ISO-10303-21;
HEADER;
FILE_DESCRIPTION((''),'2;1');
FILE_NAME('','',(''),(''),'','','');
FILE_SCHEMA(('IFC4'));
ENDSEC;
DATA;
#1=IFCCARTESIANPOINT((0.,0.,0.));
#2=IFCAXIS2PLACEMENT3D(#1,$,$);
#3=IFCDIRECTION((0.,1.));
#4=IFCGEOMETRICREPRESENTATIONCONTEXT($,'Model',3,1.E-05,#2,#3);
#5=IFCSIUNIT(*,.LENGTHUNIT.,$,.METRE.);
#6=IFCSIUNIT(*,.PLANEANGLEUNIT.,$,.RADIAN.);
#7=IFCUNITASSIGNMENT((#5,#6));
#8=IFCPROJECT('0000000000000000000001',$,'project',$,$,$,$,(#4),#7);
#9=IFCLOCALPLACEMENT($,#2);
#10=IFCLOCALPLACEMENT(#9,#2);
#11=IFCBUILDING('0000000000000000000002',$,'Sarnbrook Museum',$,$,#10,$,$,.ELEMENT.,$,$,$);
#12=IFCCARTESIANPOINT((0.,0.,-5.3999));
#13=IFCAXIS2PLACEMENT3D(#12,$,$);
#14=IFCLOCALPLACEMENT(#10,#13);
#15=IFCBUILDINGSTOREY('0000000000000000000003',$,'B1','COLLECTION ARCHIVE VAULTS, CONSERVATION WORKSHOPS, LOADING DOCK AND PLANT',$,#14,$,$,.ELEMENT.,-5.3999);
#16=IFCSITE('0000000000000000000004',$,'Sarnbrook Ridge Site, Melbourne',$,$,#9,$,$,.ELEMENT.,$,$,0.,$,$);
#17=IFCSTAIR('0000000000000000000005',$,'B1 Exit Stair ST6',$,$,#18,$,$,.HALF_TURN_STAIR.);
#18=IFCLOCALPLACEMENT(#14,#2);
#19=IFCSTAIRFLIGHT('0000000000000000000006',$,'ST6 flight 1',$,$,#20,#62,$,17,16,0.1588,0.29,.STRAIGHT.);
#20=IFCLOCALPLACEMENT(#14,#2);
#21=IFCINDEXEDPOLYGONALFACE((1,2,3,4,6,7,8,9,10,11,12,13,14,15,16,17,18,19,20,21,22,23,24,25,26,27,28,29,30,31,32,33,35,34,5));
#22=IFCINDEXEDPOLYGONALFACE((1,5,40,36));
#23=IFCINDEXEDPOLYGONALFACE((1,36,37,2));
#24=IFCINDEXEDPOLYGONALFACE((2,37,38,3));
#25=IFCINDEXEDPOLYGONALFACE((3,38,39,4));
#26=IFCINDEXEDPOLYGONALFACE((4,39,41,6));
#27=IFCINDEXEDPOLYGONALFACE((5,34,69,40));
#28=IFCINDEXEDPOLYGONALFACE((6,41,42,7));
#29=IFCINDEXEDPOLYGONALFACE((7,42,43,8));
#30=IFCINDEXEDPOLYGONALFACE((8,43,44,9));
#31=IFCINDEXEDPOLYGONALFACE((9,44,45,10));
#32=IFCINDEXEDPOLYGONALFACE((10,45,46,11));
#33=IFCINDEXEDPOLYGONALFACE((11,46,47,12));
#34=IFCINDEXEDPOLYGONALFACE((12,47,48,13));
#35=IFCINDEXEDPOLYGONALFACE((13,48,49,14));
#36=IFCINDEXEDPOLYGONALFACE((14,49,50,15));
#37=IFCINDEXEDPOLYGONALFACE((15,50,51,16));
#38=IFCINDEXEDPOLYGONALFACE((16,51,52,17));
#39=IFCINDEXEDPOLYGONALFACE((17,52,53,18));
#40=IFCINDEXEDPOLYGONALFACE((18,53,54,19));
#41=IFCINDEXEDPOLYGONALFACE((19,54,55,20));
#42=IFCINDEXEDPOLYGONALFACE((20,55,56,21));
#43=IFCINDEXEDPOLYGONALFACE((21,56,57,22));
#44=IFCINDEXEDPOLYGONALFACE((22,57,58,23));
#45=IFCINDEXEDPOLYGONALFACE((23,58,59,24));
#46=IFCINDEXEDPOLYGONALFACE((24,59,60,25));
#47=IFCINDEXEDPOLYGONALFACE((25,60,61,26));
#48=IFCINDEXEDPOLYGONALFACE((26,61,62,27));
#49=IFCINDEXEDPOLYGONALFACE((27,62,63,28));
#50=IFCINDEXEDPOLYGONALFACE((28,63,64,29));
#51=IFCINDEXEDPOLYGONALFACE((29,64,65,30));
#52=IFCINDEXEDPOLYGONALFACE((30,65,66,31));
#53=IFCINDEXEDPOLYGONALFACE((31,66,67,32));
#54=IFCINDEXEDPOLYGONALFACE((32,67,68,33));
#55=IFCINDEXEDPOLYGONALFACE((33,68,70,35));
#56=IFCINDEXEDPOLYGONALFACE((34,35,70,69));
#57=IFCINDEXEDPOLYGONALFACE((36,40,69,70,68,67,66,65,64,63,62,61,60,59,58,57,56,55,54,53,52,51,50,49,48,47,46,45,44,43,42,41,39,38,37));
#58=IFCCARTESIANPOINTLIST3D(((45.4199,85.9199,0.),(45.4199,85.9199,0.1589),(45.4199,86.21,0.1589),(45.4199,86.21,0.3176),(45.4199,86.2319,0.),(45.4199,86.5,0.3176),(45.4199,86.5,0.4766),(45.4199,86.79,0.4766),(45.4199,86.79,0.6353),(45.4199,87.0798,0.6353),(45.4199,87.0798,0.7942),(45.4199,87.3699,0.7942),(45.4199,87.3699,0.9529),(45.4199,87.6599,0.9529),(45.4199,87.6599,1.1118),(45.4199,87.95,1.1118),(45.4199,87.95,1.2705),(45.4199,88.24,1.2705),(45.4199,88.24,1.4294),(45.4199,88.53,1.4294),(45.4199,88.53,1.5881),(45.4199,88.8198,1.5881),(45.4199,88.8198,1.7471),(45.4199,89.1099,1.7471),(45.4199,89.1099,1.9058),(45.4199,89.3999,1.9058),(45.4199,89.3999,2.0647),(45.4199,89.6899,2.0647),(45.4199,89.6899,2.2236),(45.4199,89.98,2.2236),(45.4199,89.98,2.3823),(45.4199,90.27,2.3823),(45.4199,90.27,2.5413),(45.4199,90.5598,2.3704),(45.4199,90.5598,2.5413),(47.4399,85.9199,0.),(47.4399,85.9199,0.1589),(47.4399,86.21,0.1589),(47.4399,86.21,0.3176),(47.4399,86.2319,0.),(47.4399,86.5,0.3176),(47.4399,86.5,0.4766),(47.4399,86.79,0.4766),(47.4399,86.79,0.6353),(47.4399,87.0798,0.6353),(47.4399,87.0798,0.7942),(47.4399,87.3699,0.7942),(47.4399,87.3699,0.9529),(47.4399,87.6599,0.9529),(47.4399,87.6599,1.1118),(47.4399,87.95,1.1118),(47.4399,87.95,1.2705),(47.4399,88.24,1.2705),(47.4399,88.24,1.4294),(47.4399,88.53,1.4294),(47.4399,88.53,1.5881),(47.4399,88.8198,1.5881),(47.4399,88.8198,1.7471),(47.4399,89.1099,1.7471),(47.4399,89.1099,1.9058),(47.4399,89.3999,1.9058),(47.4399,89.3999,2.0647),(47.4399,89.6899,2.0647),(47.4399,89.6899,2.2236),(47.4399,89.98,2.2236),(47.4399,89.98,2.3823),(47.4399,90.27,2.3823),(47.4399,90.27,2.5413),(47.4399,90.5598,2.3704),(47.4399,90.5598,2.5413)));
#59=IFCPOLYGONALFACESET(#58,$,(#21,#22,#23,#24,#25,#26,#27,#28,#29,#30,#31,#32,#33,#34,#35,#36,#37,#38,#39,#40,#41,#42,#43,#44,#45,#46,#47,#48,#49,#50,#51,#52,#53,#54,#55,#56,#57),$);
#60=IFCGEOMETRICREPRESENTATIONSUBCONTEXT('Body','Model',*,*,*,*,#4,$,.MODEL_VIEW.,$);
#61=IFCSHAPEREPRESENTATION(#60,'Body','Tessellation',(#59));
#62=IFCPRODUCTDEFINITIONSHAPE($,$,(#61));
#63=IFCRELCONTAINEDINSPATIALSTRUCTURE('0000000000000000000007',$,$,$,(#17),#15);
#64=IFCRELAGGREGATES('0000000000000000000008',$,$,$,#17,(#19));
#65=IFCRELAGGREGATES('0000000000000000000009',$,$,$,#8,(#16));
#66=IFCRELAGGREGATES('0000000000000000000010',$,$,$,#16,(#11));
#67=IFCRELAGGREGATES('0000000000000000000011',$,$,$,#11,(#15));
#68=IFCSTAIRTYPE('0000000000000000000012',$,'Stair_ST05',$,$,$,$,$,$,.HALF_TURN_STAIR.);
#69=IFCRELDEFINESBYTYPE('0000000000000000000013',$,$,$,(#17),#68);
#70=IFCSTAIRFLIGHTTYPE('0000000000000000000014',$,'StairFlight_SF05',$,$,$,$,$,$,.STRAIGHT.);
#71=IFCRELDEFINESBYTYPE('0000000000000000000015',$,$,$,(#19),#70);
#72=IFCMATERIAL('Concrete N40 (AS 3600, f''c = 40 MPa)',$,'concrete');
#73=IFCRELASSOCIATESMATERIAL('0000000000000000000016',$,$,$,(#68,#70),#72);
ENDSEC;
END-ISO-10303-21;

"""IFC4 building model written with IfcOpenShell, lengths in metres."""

from ifc_helpers import new_model, si_unit, direction, frame, origin, place, context, subcontext, project, spatial, polyline, outline, extrude, material, type_object, element, aggregate, save


model = new_model("IFC4")

# Units and contexts
model_context = context("Model", 3, precision=1e-05, world=origin(), true_north=direction((0.0, 1.0)))
body_context = subcontext(model_context, "Body", "Model", "MODEL_VIEW")
ifc_project = project(units=[si_unit("LENGTHUNIT", "METRE"), si_unit("PLANEANGLEUNIT", "RADIAN")], contexts=[model_context])

# Site, building, storey
site_placement = place(None, origin())
site = spatial("IfcSite", under=ifc_project, at=site_placement, Name="Sarnbrook Ridge Site, Melbourne", CompositionType="ELEMENT", RefElevation=0.0)
building_placement = place(site_placement, origin())
building = spatial("IfcBuilding", under=site, at=building_placement, Name="Sarnbrook Museum", CompositionType="ELEMENT")
storey_placement = place(building_placement, frame((0.0, 0.0, -5.3999)))
storey = spatial("IfcBuildingStorey", under=building, at=storey_placement, Name="B1", Description="COLLECTION ARCHIVE VAULTS, CONSERVATION WORKSHOPS, LOADING DOCK AND PLANT", CompositionType="ELEMENT", Elevation=-5.3999)

# Shared definitions
ifc_material_1 = material(Name="Concrete N40 (AS 3600, f'c = 40 MPa)", Category="concrete")

# Stair, stair flight
stair_type = type_object("IfcStairType", Name="Stair_ST05", PredefinedType="HALF_TURN_STAIR", material=ifc_material_1)
stair_placement = place(storey_placement, origin())
stair = element("IfcStair", 1, at=stair_placement, inside=storey, type_object=stair_type, Name="B1 Exit Stair ST6", PredefinedType="HALF_TURN_STAIR")
stair_flight_type = type_object("IfcStairFlightType", Name="StairFlight_SF05", PredefinedType="STRAIGHT", material=ifc_material_1)
stair_flight_placement = place(storey_placement, frame((46.4299, 85.9199, 0.0), z_axis=(0.0, 0.0, 1.0), x_axis=(0.0, 1.0, 0.0)))
stair_flight = element("IfcStairFlight", 2, at=stair_flight_placement, type_object=stair_flight_type, Name="ST6 flight 1", NumberOfRisers=17, NumberOfTreads=16, PredefinedType="STRAIGHT", RiserHeight=0.1588, TreadLength=0.29, context=body_context, shape_type="SweptSolid", body=[
    extrude(outline(polyline([(0.0, 0.0), (0.0, 0.1589), (0.29, 0.1589), (0.29, 0.3176), (0.5801, 0.3176), (0.5801, 0.4766), (0.8701, 0.4766), (0.8701, 0.6353), (1.1599, 0.6353), (1.1599, 0.7942), (1.45, 0.7942), (1.45, 0.9529), (1.74, 0.9529), (1.74, 1.1118), (2.03, 1.1118), (2.03, 1.2705), (2.3201, 1.2705), (2.3201, 1.4294), (2.6101, 1.4294), (2.6101, 1.5881), (2.8999, 1.5881), (2.8999, 1.7471), (3.1899, 1.7471), (3.1899, 1.9058), (3.48, 1.9058), (3.48, 2.0647), (3.77, 2.0647), (3.77, 2.2236), (4.0601, 2.2236), (4.0601, 2.3823), (4.3501, 2.3823), (4.3501, 2.5413), (4.6399, 2.5413), (4.6399, 2.7), (4.6399, 2.3704), (0.312, 0.0), (0.0, 0.0)])), frame((0.0, 1.01, 0.0), z_axis=(0.0, -1.0, 0.0), x_axis=(1.0, 0.0, 0.0)), (0.0, 0.0, 1.0), 2.02),
])
aggregate(stair, [stair_flight])

save(model, "model.ifc")
